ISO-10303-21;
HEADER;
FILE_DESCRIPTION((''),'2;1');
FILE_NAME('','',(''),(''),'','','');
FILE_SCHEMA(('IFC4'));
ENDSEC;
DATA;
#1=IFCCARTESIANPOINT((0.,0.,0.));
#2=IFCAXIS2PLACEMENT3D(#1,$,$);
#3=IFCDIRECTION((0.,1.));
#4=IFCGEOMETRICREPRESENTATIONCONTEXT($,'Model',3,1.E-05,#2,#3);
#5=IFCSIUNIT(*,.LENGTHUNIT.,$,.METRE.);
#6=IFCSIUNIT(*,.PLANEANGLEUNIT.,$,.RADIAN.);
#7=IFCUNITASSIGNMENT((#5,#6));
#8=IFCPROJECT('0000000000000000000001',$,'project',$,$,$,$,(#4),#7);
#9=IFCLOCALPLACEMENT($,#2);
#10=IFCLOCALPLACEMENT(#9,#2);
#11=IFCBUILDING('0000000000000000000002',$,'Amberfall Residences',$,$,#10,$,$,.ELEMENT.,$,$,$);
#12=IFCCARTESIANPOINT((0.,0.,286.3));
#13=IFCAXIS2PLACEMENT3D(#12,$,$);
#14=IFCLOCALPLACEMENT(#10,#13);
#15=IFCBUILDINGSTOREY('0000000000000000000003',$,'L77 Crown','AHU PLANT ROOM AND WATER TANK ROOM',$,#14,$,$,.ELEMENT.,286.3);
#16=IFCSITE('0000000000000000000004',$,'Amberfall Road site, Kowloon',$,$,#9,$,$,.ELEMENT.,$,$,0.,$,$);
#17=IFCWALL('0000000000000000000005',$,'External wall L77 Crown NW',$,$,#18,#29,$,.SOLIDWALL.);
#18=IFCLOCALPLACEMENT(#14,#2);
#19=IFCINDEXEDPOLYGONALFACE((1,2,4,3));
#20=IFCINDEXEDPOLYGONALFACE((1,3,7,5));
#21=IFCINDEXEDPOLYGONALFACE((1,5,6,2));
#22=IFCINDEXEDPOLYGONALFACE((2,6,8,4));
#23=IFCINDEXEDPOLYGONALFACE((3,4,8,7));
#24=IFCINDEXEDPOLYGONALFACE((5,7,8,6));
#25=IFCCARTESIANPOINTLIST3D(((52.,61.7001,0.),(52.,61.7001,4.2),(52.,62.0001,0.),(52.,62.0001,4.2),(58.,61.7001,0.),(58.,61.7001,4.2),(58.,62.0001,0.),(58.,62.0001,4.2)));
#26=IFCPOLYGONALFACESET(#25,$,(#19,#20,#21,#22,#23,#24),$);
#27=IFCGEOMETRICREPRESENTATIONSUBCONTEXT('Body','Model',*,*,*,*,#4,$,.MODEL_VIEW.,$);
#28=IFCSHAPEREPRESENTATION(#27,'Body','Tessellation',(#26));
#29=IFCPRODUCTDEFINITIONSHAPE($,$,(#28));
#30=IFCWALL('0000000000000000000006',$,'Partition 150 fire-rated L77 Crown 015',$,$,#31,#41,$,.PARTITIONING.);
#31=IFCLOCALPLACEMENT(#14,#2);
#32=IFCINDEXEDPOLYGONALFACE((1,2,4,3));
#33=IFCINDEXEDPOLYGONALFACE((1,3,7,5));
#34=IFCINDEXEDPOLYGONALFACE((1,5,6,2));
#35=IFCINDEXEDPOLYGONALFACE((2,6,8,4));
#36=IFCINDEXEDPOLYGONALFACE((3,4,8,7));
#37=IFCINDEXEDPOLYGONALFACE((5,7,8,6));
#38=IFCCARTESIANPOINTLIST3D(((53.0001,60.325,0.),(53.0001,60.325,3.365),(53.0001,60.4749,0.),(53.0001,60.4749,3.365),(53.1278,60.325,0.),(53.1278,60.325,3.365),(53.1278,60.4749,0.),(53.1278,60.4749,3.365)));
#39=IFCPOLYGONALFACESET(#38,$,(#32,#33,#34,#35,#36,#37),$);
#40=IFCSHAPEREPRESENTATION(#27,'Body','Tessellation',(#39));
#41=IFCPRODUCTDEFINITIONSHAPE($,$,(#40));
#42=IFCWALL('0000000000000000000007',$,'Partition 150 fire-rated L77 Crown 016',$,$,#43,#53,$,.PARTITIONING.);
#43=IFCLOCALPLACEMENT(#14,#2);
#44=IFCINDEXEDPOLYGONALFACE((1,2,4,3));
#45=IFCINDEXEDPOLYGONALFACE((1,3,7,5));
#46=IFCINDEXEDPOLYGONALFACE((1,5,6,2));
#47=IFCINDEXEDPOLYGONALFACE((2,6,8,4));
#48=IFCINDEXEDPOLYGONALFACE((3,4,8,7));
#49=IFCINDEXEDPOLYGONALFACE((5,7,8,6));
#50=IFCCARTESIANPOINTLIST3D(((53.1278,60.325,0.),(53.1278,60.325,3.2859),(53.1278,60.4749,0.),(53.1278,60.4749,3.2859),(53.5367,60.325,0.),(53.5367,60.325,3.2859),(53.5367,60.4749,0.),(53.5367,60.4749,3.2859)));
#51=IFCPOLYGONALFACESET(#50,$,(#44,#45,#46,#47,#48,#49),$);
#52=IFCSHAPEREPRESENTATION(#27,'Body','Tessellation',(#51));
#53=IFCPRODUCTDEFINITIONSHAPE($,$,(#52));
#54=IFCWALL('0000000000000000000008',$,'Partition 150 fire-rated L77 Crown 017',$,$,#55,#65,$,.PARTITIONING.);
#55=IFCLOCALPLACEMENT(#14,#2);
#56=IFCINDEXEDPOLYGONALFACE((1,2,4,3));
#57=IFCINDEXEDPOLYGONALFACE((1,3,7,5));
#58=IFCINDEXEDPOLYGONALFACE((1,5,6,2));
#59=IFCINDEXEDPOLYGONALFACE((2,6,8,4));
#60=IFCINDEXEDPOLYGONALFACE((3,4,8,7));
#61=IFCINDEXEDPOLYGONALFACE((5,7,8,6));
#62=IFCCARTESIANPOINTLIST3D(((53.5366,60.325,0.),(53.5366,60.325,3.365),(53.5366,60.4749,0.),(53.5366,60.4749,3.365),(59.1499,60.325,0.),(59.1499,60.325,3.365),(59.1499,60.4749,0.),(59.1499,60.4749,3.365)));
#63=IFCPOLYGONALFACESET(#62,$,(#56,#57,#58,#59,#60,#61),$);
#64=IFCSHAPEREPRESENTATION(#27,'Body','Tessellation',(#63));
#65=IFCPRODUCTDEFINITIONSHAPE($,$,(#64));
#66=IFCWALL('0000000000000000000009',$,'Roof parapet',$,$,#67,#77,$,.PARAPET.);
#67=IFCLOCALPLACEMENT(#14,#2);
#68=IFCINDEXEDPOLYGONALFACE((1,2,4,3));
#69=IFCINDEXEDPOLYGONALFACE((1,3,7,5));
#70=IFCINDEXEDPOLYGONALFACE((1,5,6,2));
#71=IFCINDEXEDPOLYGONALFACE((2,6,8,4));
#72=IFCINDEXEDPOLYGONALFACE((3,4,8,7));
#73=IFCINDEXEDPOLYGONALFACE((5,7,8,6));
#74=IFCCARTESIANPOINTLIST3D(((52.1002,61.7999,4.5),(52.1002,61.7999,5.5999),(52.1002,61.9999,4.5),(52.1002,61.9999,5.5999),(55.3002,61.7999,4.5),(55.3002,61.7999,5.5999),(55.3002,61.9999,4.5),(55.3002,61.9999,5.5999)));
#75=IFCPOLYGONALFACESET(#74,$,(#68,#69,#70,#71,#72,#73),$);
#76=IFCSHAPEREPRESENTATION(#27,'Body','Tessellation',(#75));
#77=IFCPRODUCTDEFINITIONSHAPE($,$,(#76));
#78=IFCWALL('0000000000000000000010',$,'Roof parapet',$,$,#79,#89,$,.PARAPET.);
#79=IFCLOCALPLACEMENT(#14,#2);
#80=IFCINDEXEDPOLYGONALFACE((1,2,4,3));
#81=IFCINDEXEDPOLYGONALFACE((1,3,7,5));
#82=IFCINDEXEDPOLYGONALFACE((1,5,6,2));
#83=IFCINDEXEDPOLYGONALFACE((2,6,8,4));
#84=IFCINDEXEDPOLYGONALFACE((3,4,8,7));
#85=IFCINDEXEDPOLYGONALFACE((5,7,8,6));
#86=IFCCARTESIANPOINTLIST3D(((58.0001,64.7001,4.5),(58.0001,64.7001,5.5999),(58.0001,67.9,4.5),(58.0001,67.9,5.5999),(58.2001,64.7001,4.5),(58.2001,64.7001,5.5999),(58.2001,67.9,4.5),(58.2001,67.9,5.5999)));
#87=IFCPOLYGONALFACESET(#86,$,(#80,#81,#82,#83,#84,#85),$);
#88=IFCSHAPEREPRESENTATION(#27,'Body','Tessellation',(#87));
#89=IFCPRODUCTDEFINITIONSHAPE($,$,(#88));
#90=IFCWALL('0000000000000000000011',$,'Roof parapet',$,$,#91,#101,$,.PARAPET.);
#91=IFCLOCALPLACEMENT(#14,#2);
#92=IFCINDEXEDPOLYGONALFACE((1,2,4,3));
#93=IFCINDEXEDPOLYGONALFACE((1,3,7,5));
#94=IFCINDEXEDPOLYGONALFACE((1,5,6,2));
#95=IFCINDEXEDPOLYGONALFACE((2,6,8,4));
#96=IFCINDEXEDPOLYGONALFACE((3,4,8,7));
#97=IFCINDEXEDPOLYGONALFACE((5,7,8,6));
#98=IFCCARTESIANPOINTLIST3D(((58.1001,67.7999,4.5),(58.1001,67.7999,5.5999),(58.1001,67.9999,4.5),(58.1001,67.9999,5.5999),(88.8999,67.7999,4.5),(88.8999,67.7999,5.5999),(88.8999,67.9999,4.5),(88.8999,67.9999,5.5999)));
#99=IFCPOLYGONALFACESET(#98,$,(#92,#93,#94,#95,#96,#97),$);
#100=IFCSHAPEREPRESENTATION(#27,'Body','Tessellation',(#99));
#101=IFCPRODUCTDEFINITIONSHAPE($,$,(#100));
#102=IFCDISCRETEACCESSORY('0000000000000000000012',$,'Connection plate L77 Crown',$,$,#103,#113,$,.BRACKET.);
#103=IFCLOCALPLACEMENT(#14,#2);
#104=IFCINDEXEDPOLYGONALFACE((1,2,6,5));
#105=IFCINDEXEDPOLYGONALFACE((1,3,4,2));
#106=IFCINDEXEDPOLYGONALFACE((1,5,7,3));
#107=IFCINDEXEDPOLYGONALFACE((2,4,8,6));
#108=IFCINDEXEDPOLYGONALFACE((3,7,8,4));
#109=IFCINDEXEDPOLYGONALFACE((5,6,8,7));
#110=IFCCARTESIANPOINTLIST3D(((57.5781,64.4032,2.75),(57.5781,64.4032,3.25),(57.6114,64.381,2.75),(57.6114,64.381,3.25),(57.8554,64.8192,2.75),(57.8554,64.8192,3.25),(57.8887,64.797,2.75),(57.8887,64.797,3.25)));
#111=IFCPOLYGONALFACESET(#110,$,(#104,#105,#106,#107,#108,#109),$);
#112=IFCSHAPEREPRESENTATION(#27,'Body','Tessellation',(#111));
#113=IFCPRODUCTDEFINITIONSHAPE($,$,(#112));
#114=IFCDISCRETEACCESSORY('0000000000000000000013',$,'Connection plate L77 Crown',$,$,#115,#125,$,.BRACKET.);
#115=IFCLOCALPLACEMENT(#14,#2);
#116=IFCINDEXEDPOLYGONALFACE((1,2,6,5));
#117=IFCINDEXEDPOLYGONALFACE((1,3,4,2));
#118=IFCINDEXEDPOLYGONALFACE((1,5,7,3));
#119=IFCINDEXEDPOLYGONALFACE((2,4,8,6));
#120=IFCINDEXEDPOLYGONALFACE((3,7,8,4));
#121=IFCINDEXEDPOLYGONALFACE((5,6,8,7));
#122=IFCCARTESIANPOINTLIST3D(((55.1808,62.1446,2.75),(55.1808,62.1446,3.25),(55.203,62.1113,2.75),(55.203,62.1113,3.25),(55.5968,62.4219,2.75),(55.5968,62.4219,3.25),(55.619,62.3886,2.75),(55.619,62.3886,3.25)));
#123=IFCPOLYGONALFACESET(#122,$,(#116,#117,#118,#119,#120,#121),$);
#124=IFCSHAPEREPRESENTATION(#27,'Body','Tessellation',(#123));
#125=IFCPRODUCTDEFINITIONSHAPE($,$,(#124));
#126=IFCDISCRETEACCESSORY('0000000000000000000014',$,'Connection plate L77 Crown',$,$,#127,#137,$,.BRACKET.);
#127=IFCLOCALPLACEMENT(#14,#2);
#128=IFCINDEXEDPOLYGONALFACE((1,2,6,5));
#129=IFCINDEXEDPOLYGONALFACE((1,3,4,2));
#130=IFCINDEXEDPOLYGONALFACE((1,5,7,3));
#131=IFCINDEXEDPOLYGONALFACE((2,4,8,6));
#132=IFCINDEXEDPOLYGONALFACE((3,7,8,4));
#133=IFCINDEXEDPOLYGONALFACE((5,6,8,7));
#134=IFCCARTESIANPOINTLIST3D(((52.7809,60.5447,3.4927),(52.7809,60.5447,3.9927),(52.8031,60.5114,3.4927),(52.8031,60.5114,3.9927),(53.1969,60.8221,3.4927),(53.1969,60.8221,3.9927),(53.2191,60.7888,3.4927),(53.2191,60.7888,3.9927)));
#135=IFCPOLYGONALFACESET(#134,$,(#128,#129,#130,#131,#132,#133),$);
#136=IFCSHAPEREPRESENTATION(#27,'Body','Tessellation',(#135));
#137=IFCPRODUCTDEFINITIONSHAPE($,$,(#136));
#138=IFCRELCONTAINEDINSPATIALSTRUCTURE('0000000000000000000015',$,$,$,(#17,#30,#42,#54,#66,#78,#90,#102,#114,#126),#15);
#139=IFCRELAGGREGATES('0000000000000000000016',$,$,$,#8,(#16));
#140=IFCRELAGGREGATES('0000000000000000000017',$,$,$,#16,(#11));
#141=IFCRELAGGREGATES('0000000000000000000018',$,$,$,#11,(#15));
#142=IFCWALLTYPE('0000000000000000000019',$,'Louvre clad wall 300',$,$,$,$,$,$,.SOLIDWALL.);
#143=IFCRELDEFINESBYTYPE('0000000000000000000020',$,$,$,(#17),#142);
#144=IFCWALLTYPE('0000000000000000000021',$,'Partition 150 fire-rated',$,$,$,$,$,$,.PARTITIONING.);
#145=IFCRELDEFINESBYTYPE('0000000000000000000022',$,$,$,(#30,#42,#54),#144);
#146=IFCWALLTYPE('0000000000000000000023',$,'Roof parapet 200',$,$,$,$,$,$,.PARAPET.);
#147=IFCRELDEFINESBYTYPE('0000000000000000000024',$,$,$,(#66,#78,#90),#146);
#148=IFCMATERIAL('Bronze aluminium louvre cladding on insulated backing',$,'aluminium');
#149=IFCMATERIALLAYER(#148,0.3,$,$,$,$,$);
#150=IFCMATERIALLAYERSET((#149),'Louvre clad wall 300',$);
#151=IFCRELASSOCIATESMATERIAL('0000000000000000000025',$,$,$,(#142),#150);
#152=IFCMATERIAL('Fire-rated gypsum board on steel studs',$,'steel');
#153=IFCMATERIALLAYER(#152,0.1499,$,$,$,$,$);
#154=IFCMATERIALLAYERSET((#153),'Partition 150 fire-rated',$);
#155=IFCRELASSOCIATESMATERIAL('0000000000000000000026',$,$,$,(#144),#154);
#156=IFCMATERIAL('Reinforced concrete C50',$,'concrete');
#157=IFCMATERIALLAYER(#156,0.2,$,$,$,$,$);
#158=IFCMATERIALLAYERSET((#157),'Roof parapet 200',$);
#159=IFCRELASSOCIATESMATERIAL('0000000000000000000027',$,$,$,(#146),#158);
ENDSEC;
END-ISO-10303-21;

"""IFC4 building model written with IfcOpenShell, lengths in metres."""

from ifc_helpers import new_model, si_unit, direction, frame, frame_2d, origin, origin_2d, place, context, subcontext, project, spatial, rectangle, extrude, material, layer, layer_set, type_object, element, save


model = new_model("IFC4")

# Units and contexts
model_context = context("Model", 3, precision=1e-05, world=origin(), true_north=direction((0.0, 1.0)))
body_context = subcontext(model_context, "Body", "Model", "MODEL_VIEW")
ifc_project = project(units=[si_unit("LENGTHUNIT", "METRE"), si_unit("PLANEANGLEUNIT", "RADIAN")], contexts=[model_context])

# Site, building, storey
site_placement = place(None, origin())
site = spatial("IfcSite", under=ifc_project, at=site_placement, Name="Amberfall Road site, Kowloon", CompositionType="ELEMENT", RefElevation=0.0)
building_placement = place(site_placement, origin())
building = spatial("IfcBuilding", under=site, at=building_placement, Name="Amberfall Residences", CompositionType="ELEMENT")
storey_placement = place(building_placement, frame((0.0, 0.0, 286.3)))
storey = spatial("IfcBuildingStorey", under=building, at=storey_placement, Name="L77 Crown", Description="AHU PLANT ROOM AND WATER TANK ROOM", CompositionType="ELEMENT", Elevation=286.3)

# Walls
ifc_material_1 = material(Name="Bronze aluminium louvre cladding on insulated backing", Category="aluminium")
ifc_layer_1 = layer(ifc_material_1, 0.3)
ifc_layer_set_1 = layer_set([ifc_layer_1], Name="Louvre clad wall 300")
wall_type_1 = type_object("IfcWallType", Name="Louvre clad wall 300", PredefinedType="SOLIDWALL", material=ifc_layer_set_1)
for number, where, z_axis, x_axis, name in (
    (1, (58.0, 61.8501, 0.0), (0.0, 0.0, 1.0), (-1.0, 0.0, 0.0), "External wall L77 Crown NW"),
):
    element("IfcWall", number, at=place(storey_placement, frame(where, z_axis=z_axis, x_axis=x_axis)), inside=storey, type_object=wall_type_1, Name=name, PredefinedType="SOLIDWALL", context=body_context, shape_type="SweptSolid", body=[
        extrude(rectangle(XDim=6.0, YDim=0.3, at=frame_2d((3.0, 0.0))), origin(), (0.0, 0.0, 1.0), 4.2),
    ])
ifc_material_2 = material(Name="Fire-rated gypsum board on steel studs", Category="steel")
ifc_layer_2 = layer(ifc_material_2, 0.1499)
ifc_layer_set_2 = layer_set([ifc_layer_2], Name="Partition 150 fire-rated")
wall_type_2 = type_object("IfcWallType", Name="Partition 150 fire-rated", PredefinedType="PARTITIONING", material=ifc_layer_set_2)
wall_1_placement = place(storey_placement, frame((53.0, 60.3999, 0.0), z_axis=(0.0, 0.0, 1.0), x_axis=(1.0, 0.0, 0.0)))
element("IfcWall", 2, at=wall_1_placement, inside=storey, type_object=wall_type_2, Name="Partition 150 fire-rated L77 Crown 015", PredefinedType="PARTITIONING", context=body_context, shape_type="SweptSolid", body=[
    extrude(rectangle(XDim=0.1277, YDim=0.1499, at=frame_2d((0.064, 0.0))), origin(), (0.0, 0.0, 1.0), 3.365),
])
wall_2_placement = place(storey_placement, frame((53.1277, 60.3999, 0.0), z_axis=(0.0, 0.0, 1.0), x_axis=(1.0, 0.0, 0.0)))
element("IfcWall", 3, at=wall_2_placement, inside=storey, type_object=wall_type_2, Name="Partition 150 fire-rated L77 Crown 016", PredefinedType="PARTITIONING", context=body_context, shape_type="SweptSolid", body=[
    extrude(rectangle(XDim=0.4089, YDim=0.1499, at=frame_2d((0.2046, 0.0))), origin(), (0.0, 0.0, 1.0), 3.2859),
])
wall_3_placement = place(storey_placement, frame((53.5366, 60.3999, 0.0), z_axis=(0.0, 0.0, 1.0), x_axis=(1.0, 0.0, 0.0)))
element("IfcWall", 4, at=wall_3_placement, inside=storey, type_object=wall_type_2, Name="Partition 150 fire-rated L77 Crown 017", PredefinedType="PARTITIONING", context=body_context, shape_type="SweptSolid", body=[
    extrude(rectangle(XDim=5.6133, YDim=0.1499, at=frame_2d((2.8066, 0.0))), origin(), (0.0, 0.0, 1.0), 3.365),
])
ifc_material_3 = material(Name="Reinforced concrete C50", Category="concrete")
ifc_layer_3 = layer(ifc_material_3, 0.2)
ifc_layer_set_3 = layer_set([ifc_layer_3], Name="Roof parapet 200")
wall_type_3 = type_object("IfcWallType", Name="Roof parapet 200", PredefinedType="PARAPET", material=ifc_layer_set_3)
for number, where, z_axis, x_axis, name in (
    (5, (52.1001, 61.8999, 4.5), (0.0, 0.0, 1.0), (1.0, 0.0, 0.0), "Roof parapet"),
    (6, (58.1001, 64.7, 4.5), (0.0, 0.0, 1.0), (0.0, 1.0, 0.0), "Roof parapet"),
):
    element("IfcWall", number, at=place(storey_placement, frame(where, z_axis=z_axis, x_axis=x_axis)), inside=storey, type_object=wall_type_3, Name=name, PredefinedType="PARAPET", context=body_context, shape_type="SweptSolid", body=[
        extrude(rectangle(XDim=3.2, YDim=0.2, at=frame_2d((1.6001, 0.0))), origin(), (0.0, 0.0, 1.0), 1.0999),
    ])
wall_4_placement = place(storey_placement, frame((58.1001, 67.8999, 4.5), z_axis=(0.0, 0.0, 1.0), x_axis=(1.0, 0.0, 0.0)))
element("IfcWall", 7, at=wall_4_placement, inside=storey, type_object=wall_type_3, Name="Roof parapet", PredefinedType="PARAPET", context=body_context, shape_type="SweptSolid", body=[
    extrude(rectangle(XDim=30.7998, YDim=0.2, at=frame_2d((15.3999, 0.0))), origin(), (0.0, 0.0, 1.0), 1.0999),
])

# Discrete accessories
for number, where, z_axis, x_axis, name in (
    (8, (57.7334, 64.6001, 2.75), (0.0, 0.0, 1.0), (0.554699, 0.832051, 0.0), "Connection plate L77 Crown"),
    (9, (55.3999, 62.2666, 2.75), (0.0, 0.0, 1.0), (-0.832051, -0.554699, 0.0), "Connection plate L77 Crown"),
    (10, (53.0, 60.6667, 3.4927), (0.0, 0.0, 1.0), (-0.832051, -0.554699, 0.0), "Connection plate L77 Crown"),
):
    element("IfcDiscreteAccessory", number, at=place(storey_placement, frame(where, z_axis=z_axis, x_axis=x_axis)), inside=storey, Name=name, PredefinedType="BRACKET", context=body_context, shape_type="SweptSolid", body=[
        extrude(rectangle(XDim=0.5, YDim=0.04, at=origin_2d()), origin(), (0.0, 0.0, 1.0), 0.5),
    ])

save(model, "model.ifc")
